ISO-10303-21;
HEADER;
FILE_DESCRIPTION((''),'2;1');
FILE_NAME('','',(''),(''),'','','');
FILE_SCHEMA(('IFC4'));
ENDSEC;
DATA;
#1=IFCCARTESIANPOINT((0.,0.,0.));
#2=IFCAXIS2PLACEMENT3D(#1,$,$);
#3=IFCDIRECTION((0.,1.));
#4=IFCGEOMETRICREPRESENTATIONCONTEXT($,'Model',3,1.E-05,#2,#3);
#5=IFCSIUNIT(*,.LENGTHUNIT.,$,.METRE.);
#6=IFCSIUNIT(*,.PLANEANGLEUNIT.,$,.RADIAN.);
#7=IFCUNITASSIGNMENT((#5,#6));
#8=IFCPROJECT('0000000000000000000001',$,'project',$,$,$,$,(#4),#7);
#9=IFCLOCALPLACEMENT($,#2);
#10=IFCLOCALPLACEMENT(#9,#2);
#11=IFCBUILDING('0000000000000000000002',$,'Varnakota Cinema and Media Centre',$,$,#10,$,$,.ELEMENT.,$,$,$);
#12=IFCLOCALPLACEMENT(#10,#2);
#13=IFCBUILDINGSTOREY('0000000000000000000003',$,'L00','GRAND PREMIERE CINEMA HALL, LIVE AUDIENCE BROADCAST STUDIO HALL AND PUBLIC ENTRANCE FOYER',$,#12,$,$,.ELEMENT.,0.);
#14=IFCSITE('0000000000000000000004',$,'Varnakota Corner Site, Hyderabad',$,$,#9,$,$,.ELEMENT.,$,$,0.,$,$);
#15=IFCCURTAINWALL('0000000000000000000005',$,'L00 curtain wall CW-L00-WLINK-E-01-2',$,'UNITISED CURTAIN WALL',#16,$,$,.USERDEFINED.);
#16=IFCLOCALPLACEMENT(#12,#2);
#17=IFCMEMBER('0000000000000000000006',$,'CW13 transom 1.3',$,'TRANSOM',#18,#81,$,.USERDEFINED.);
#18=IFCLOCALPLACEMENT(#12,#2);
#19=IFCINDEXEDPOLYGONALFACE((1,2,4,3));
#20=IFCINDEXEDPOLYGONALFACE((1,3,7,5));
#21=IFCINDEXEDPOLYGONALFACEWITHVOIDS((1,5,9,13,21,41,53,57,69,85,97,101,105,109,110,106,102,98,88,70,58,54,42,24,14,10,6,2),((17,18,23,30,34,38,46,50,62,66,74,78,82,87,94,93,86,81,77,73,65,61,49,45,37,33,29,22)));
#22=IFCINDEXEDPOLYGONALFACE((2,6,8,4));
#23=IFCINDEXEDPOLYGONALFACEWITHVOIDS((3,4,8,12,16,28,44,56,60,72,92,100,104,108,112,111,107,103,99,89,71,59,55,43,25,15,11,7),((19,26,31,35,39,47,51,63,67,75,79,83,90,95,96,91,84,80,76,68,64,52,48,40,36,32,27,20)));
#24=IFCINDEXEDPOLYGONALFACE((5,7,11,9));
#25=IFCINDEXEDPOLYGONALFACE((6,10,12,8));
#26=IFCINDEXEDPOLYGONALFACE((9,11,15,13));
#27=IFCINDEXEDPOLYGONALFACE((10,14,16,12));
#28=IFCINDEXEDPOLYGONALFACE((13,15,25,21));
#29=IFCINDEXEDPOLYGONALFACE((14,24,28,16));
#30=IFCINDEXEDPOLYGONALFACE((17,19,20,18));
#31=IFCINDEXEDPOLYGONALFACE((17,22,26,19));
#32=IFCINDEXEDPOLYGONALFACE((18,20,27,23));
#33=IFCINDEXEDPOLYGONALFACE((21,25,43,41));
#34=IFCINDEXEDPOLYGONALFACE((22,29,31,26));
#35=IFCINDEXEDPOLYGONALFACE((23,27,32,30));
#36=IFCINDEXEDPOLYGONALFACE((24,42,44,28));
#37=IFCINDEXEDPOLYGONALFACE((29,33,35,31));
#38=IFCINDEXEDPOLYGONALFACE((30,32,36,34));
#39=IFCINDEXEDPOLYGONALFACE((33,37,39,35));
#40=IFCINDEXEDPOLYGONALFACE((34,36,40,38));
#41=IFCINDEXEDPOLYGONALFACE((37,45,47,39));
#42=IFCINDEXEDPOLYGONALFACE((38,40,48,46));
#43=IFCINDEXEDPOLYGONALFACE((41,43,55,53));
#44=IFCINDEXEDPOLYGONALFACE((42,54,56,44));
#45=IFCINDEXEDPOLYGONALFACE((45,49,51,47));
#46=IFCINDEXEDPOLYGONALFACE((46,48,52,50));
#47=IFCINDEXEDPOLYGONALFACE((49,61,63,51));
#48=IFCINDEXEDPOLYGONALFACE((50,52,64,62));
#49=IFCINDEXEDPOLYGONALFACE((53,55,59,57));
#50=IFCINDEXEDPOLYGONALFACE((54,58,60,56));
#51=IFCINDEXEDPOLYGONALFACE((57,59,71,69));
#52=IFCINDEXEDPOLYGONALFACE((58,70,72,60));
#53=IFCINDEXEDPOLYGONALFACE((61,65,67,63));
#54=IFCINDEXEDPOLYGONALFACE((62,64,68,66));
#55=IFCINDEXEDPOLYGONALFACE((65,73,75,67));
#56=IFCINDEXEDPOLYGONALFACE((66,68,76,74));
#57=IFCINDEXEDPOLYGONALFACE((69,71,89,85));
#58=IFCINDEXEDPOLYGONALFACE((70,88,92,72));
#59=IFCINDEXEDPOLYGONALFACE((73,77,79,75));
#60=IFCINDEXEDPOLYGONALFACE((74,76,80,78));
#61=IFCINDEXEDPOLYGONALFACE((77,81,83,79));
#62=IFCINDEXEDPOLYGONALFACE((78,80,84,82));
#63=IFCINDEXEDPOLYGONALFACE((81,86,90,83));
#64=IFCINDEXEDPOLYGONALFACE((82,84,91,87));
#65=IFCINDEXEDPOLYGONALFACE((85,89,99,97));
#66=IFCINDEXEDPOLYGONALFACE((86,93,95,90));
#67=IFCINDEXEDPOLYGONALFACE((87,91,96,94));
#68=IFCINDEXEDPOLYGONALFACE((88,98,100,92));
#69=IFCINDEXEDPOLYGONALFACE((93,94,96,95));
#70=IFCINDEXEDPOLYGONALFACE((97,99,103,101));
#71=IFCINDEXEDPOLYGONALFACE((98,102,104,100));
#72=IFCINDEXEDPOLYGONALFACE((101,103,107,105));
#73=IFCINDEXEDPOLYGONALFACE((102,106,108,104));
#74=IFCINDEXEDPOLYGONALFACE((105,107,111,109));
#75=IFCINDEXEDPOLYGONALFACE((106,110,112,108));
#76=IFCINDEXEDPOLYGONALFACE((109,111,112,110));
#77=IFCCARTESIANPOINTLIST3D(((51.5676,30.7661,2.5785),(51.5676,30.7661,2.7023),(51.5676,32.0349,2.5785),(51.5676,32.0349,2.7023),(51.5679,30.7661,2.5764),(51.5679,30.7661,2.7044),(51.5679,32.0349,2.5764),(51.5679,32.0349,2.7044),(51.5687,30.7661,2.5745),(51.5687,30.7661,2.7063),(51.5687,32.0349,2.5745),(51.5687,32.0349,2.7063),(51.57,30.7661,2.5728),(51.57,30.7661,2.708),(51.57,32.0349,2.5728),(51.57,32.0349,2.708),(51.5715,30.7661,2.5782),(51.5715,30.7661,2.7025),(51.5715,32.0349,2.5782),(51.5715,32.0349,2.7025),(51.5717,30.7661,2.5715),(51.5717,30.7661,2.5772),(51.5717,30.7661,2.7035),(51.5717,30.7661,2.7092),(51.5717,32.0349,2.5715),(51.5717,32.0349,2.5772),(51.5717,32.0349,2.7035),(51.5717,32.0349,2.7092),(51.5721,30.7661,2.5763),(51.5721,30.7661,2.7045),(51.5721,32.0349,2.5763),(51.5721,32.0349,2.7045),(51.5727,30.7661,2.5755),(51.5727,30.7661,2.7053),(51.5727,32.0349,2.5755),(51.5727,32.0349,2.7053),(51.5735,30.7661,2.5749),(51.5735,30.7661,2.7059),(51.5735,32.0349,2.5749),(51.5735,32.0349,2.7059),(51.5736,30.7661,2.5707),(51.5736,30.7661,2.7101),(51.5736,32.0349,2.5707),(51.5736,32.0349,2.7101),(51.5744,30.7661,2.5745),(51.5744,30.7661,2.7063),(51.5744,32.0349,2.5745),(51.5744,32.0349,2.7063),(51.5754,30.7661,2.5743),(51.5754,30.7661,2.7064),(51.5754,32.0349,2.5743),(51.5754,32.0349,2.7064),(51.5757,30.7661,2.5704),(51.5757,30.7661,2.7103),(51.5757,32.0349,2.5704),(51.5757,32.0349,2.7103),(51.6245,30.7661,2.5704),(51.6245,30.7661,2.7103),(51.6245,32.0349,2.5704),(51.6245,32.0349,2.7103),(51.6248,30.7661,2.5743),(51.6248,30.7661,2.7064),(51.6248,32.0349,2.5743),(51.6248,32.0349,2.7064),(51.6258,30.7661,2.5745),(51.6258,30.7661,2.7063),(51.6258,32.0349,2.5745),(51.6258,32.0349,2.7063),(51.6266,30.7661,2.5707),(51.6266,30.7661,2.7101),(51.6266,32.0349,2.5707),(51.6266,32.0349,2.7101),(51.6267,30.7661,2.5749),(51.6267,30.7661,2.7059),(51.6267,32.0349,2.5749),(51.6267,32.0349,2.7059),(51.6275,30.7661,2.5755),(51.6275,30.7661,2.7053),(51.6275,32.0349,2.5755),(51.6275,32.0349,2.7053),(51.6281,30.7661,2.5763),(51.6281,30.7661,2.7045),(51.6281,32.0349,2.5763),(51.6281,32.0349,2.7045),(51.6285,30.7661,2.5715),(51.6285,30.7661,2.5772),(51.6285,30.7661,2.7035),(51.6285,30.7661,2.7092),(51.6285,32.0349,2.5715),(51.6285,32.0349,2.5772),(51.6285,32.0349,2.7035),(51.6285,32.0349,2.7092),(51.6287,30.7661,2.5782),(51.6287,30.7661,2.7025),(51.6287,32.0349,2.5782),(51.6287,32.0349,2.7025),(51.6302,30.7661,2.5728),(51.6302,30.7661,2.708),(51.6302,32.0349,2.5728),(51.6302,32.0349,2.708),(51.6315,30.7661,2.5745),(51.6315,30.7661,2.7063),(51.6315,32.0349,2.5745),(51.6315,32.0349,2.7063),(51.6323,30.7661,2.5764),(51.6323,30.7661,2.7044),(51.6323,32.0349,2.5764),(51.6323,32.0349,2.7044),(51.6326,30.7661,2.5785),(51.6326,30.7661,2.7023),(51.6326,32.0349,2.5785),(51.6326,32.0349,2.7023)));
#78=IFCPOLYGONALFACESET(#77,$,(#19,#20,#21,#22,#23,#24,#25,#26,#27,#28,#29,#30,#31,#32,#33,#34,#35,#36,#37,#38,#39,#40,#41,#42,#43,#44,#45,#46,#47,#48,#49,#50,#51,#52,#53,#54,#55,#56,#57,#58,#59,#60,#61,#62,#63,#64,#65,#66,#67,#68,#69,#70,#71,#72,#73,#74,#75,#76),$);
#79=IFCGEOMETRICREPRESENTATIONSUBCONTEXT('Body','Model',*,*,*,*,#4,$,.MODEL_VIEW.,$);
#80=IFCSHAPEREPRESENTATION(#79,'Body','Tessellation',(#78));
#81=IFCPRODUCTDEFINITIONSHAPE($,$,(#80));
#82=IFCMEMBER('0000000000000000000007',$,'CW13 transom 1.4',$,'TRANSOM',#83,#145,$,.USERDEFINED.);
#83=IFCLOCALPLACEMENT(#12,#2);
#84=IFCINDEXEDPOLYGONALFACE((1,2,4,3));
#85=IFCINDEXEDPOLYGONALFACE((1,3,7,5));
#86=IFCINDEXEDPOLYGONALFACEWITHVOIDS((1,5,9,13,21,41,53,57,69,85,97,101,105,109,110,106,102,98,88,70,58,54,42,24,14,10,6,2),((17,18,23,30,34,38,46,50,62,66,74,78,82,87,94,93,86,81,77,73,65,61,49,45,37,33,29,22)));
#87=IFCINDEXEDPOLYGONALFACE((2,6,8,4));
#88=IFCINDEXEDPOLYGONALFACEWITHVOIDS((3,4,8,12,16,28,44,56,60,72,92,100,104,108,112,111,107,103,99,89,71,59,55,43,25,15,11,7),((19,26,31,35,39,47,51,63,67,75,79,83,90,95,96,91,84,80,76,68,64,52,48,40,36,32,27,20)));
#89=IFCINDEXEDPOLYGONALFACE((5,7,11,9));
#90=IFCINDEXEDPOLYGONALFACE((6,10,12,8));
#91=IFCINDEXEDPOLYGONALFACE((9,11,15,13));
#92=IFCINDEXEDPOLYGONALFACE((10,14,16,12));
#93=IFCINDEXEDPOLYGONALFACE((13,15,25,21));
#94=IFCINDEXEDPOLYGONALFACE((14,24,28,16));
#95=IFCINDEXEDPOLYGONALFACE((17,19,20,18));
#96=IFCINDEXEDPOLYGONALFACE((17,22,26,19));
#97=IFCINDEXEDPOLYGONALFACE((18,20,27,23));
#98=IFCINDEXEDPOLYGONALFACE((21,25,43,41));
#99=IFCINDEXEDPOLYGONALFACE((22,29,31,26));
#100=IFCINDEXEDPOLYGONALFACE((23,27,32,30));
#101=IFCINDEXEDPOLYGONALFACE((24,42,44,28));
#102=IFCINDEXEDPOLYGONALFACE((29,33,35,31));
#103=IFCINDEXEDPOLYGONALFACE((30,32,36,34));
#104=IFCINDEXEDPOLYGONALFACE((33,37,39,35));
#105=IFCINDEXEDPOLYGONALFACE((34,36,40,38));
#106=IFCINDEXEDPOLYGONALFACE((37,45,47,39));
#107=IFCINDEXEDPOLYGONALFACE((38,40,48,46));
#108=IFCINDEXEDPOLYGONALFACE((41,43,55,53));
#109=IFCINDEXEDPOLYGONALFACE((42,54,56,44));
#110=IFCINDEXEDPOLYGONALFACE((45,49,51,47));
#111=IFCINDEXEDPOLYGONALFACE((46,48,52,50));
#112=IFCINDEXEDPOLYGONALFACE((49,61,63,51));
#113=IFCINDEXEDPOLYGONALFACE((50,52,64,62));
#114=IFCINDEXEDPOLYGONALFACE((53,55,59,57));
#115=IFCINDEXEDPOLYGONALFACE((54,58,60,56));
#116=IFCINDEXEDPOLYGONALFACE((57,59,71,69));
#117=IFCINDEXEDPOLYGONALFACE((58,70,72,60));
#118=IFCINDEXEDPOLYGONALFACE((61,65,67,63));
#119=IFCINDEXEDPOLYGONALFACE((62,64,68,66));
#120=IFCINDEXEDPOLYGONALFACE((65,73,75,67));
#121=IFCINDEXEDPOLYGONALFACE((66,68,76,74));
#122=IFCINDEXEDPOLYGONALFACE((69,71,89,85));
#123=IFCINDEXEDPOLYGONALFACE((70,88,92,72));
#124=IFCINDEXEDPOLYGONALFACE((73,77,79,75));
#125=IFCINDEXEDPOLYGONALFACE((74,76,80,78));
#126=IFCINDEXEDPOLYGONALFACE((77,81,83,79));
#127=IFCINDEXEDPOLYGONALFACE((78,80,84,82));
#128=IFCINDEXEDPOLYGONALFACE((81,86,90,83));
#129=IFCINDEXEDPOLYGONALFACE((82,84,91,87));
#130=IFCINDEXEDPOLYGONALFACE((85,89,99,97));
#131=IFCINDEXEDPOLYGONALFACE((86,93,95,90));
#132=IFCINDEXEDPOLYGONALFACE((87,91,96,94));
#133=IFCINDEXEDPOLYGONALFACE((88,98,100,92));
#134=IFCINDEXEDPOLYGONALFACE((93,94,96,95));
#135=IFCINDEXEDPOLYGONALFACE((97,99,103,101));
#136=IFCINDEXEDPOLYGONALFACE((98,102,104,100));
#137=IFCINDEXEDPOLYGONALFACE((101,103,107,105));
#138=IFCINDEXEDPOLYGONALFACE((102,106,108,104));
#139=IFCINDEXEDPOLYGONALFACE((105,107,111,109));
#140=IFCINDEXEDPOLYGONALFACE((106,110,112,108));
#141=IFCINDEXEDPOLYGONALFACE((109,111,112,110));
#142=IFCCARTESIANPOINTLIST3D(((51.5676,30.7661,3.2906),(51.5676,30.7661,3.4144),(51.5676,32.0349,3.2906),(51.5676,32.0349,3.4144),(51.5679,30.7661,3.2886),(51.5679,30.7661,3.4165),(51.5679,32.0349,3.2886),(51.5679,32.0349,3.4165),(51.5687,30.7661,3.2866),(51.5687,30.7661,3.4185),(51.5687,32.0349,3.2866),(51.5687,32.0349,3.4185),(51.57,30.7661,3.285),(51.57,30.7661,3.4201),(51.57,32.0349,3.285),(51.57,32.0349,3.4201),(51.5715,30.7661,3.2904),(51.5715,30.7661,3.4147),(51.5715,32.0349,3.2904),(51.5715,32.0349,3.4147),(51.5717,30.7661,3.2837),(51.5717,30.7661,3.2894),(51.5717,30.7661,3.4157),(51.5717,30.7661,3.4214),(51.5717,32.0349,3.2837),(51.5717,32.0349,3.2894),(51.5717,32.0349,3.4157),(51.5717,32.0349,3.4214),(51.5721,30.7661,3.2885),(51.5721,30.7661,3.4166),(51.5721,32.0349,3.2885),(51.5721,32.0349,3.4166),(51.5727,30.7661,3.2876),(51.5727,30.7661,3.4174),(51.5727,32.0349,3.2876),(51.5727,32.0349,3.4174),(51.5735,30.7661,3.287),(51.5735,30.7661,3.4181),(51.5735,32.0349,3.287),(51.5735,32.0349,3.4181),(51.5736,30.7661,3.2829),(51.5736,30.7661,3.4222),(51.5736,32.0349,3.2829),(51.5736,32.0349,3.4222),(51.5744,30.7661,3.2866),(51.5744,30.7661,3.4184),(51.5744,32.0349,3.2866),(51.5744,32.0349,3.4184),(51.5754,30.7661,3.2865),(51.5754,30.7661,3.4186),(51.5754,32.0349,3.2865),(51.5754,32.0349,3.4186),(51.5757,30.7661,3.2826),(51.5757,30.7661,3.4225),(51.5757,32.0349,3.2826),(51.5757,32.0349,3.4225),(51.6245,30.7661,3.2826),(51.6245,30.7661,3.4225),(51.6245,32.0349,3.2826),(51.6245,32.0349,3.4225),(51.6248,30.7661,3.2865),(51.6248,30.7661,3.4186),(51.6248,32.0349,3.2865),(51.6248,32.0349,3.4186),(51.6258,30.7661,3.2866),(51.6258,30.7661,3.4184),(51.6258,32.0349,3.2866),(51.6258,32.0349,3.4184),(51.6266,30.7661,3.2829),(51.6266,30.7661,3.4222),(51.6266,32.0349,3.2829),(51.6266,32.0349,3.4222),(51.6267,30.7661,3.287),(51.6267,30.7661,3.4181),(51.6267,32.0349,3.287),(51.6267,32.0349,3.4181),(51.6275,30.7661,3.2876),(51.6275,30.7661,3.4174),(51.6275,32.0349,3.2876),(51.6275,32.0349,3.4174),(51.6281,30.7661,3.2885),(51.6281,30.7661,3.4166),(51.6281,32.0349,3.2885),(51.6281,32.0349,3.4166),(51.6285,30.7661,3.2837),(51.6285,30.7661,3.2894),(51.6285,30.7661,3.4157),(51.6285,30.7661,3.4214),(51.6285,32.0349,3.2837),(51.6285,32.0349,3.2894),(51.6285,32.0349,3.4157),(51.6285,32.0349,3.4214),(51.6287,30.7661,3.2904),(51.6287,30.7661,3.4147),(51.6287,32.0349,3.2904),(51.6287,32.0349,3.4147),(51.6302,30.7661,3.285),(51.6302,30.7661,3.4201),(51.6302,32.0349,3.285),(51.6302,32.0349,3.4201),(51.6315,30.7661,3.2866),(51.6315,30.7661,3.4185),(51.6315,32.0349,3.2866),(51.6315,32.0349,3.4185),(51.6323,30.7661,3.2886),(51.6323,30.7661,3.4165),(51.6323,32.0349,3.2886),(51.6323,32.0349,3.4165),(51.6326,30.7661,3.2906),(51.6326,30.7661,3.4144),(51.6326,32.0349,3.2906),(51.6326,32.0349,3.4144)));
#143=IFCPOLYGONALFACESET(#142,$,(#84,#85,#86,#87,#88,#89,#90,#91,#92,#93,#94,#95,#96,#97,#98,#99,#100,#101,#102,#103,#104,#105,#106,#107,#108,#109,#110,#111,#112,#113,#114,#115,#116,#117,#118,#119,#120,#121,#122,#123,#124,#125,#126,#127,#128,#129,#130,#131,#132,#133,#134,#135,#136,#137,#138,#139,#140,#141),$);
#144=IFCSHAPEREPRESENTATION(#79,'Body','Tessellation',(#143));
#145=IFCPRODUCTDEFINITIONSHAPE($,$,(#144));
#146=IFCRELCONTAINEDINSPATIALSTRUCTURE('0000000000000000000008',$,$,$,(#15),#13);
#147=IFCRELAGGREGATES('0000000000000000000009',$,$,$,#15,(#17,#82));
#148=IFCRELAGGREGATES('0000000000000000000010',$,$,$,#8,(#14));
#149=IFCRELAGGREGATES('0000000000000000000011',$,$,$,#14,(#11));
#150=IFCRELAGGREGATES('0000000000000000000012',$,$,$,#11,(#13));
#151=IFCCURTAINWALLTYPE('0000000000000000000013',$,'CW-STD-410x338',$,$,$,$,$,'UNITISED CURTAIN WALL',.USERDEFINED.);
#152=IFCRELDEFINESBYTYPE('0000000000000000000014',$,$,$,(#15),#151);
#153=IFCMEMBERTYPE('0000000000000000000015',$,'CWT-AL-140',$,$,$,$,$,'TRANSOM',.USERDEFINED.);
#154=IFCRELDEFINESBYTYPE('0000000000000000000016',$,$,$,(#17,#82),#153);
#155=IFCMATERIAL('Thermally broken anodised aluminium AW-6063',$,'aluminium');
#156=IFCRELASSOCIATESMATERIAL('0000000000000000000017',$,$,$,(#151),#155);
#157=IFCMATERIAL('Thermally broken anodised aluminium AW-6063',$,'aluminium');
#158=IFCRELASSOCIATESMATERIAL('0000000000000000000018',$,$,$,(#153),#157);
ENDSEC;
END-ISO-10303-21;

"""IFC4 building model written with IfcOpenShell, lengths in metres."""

from ifc_helpers import new_model, si_unit, direction, frame, origin, origin_2d, place, context, subcontext, project, spatial, hollow_rectangle, extrude, material, material_profile, profile_set, type_object, element, aggregate, save


model = new_model("IFC4")

# Units and contexts
model_context = context("Model", 3, precision=1e-05, world=origin(), true_north=direction((0.0, 1.0)))
body_context = subcontext(model_context, "Body", "Model", "MODEL_VIEW")
ifc_project = project(units=[si_unit("LENGTHUNIT", "METRE"), si_unit("PLANEANGLEUNIT", "RADIAN")], contexts=[model_context])

# Site, building, storey
site_placement = place(None, origin())
site = spatial("IfcSite", under=ifc_project, at=site_placement, Name="Varnakota Corner Site, Hyderabad", CompositionType="ELEMENT", RefElevation=0.0)
building_placement = place(site_placement, origin())
building = spatial("IfcBuilding", under=site, at=building_placement, Name="Varnakota Cinema and Media Centre", CompositionType="ELEMENT")
storey_placement = place(building_placement, origin())
storey = spatial("IfcBuildingStorey", under=building, at=storey_placement, Name="L00", Description="GRAND PREMIERE CINEMA HALL, LIVE AUDIENCE BROADCAST STUDIO HALL AND PUBLIC ENTRANCE FOYER", CompositionType="ELEMENT", Elevation=0.0)

# Shared definitions
ifc_material_1 = material(Name="Thermally broken anodised aluminium AW-6063", Category="aluminium")
curtain_wall_type = type_object("IfcCurtainWallType", Name="CW-STD-410x338", ElementType="UNITISED CURTAIN WALL", PredefinedType="USERDEFINED", material=ifc_material_1)

# Curtain wall, members
curtain_wall_1_placement = place(storey_placement, origin())
curtain_wall_1 = element("IfcCurtainWall", 1, at=curtain_wall_1_placement, inside=storey, type_object=curtain_wall_type, Name="L00 curtain wall CW-L00-WLINK-E-01-2", ObjectType="UNITISED CURTAIN WALL", PredefinedType="USERDEFINED")
ifc_material_2 = material(Name="Thermally broken anodised aluminium AW-6063", Category="aluminium")
ifc_material_profile_1 = material_profile(ifc_material_2, hollow_rectangle(XDim=0.0649, YDim=0.1399, WallThickness=0.0039, InnerFilletRadius=0.0039, OuterFilletRadius=0.0081, at=origin_2d()), Name="AL-TRANSOM 140x65x4")
ifc_profile_set_1 = profile_set([ifc_material_profile_1], Name="Thermally broken anodised aluminium AW-6063")
member_type_1 = type_object("IfcMemberType", Name="CWT-AL-140", ElementType="TRANSOM", PredefinedType="USERDEFINED", material=ifc_profile_set_1)
member_1_placement = place(storey_placement, frame((51.6001, 30.7661, 2.6404), z_axis=(0.0, 1.0, 0.0), x_axis=(-1.0, 0.0, 0.0)))
member_1 = element("IfcMember", 2, at=member_1_placement, type_object=member_type_1, Name="CW13 transom 1.3", ObjectType="TRANSOM", PredefinedType="USERDEFINED", context=body_context, shape_type="SweptSolid", body=[
    extrude(hollow_rectangle(XDim=0.0649, YDim=0.1399, WallThickness=0.0039, InnerFilletRadius=0.0039, OuterFilletRadius=0.0081, at=origin_2d()), origin(), (0.0, 0.0, 1.0), 1.2688),
])
member_2_placement = place(storey_placement, frame((51.6001, 30.7661, 3.3525), z_axis=(0.0, 1.0, 0.0), x_axis=(-1.0, 0.0, 0.0)))
member_2 = element("IfcMember", 3, at=member_2_placement, type_object=member_type_1, Name="CW13 transom 1.4", ObjectType="TRANSOM", PredefinedType="USERDEFINED", context=body_context, shape_type="SweptSolid", body=[
    extrude(hollow_rectangle(XDim=0.0649, YDim=0.1399, WallThickness=0.0039, InnerFilletRadius=0.0039, OuterFilletRadius=0.0081, at=origin_2d()), origin(), (0.0, 0.0, 1.0), 1.2688),
])
aggregate(curtain_wall_1, [member_1, member_2])

save(model, "model.ifc")
